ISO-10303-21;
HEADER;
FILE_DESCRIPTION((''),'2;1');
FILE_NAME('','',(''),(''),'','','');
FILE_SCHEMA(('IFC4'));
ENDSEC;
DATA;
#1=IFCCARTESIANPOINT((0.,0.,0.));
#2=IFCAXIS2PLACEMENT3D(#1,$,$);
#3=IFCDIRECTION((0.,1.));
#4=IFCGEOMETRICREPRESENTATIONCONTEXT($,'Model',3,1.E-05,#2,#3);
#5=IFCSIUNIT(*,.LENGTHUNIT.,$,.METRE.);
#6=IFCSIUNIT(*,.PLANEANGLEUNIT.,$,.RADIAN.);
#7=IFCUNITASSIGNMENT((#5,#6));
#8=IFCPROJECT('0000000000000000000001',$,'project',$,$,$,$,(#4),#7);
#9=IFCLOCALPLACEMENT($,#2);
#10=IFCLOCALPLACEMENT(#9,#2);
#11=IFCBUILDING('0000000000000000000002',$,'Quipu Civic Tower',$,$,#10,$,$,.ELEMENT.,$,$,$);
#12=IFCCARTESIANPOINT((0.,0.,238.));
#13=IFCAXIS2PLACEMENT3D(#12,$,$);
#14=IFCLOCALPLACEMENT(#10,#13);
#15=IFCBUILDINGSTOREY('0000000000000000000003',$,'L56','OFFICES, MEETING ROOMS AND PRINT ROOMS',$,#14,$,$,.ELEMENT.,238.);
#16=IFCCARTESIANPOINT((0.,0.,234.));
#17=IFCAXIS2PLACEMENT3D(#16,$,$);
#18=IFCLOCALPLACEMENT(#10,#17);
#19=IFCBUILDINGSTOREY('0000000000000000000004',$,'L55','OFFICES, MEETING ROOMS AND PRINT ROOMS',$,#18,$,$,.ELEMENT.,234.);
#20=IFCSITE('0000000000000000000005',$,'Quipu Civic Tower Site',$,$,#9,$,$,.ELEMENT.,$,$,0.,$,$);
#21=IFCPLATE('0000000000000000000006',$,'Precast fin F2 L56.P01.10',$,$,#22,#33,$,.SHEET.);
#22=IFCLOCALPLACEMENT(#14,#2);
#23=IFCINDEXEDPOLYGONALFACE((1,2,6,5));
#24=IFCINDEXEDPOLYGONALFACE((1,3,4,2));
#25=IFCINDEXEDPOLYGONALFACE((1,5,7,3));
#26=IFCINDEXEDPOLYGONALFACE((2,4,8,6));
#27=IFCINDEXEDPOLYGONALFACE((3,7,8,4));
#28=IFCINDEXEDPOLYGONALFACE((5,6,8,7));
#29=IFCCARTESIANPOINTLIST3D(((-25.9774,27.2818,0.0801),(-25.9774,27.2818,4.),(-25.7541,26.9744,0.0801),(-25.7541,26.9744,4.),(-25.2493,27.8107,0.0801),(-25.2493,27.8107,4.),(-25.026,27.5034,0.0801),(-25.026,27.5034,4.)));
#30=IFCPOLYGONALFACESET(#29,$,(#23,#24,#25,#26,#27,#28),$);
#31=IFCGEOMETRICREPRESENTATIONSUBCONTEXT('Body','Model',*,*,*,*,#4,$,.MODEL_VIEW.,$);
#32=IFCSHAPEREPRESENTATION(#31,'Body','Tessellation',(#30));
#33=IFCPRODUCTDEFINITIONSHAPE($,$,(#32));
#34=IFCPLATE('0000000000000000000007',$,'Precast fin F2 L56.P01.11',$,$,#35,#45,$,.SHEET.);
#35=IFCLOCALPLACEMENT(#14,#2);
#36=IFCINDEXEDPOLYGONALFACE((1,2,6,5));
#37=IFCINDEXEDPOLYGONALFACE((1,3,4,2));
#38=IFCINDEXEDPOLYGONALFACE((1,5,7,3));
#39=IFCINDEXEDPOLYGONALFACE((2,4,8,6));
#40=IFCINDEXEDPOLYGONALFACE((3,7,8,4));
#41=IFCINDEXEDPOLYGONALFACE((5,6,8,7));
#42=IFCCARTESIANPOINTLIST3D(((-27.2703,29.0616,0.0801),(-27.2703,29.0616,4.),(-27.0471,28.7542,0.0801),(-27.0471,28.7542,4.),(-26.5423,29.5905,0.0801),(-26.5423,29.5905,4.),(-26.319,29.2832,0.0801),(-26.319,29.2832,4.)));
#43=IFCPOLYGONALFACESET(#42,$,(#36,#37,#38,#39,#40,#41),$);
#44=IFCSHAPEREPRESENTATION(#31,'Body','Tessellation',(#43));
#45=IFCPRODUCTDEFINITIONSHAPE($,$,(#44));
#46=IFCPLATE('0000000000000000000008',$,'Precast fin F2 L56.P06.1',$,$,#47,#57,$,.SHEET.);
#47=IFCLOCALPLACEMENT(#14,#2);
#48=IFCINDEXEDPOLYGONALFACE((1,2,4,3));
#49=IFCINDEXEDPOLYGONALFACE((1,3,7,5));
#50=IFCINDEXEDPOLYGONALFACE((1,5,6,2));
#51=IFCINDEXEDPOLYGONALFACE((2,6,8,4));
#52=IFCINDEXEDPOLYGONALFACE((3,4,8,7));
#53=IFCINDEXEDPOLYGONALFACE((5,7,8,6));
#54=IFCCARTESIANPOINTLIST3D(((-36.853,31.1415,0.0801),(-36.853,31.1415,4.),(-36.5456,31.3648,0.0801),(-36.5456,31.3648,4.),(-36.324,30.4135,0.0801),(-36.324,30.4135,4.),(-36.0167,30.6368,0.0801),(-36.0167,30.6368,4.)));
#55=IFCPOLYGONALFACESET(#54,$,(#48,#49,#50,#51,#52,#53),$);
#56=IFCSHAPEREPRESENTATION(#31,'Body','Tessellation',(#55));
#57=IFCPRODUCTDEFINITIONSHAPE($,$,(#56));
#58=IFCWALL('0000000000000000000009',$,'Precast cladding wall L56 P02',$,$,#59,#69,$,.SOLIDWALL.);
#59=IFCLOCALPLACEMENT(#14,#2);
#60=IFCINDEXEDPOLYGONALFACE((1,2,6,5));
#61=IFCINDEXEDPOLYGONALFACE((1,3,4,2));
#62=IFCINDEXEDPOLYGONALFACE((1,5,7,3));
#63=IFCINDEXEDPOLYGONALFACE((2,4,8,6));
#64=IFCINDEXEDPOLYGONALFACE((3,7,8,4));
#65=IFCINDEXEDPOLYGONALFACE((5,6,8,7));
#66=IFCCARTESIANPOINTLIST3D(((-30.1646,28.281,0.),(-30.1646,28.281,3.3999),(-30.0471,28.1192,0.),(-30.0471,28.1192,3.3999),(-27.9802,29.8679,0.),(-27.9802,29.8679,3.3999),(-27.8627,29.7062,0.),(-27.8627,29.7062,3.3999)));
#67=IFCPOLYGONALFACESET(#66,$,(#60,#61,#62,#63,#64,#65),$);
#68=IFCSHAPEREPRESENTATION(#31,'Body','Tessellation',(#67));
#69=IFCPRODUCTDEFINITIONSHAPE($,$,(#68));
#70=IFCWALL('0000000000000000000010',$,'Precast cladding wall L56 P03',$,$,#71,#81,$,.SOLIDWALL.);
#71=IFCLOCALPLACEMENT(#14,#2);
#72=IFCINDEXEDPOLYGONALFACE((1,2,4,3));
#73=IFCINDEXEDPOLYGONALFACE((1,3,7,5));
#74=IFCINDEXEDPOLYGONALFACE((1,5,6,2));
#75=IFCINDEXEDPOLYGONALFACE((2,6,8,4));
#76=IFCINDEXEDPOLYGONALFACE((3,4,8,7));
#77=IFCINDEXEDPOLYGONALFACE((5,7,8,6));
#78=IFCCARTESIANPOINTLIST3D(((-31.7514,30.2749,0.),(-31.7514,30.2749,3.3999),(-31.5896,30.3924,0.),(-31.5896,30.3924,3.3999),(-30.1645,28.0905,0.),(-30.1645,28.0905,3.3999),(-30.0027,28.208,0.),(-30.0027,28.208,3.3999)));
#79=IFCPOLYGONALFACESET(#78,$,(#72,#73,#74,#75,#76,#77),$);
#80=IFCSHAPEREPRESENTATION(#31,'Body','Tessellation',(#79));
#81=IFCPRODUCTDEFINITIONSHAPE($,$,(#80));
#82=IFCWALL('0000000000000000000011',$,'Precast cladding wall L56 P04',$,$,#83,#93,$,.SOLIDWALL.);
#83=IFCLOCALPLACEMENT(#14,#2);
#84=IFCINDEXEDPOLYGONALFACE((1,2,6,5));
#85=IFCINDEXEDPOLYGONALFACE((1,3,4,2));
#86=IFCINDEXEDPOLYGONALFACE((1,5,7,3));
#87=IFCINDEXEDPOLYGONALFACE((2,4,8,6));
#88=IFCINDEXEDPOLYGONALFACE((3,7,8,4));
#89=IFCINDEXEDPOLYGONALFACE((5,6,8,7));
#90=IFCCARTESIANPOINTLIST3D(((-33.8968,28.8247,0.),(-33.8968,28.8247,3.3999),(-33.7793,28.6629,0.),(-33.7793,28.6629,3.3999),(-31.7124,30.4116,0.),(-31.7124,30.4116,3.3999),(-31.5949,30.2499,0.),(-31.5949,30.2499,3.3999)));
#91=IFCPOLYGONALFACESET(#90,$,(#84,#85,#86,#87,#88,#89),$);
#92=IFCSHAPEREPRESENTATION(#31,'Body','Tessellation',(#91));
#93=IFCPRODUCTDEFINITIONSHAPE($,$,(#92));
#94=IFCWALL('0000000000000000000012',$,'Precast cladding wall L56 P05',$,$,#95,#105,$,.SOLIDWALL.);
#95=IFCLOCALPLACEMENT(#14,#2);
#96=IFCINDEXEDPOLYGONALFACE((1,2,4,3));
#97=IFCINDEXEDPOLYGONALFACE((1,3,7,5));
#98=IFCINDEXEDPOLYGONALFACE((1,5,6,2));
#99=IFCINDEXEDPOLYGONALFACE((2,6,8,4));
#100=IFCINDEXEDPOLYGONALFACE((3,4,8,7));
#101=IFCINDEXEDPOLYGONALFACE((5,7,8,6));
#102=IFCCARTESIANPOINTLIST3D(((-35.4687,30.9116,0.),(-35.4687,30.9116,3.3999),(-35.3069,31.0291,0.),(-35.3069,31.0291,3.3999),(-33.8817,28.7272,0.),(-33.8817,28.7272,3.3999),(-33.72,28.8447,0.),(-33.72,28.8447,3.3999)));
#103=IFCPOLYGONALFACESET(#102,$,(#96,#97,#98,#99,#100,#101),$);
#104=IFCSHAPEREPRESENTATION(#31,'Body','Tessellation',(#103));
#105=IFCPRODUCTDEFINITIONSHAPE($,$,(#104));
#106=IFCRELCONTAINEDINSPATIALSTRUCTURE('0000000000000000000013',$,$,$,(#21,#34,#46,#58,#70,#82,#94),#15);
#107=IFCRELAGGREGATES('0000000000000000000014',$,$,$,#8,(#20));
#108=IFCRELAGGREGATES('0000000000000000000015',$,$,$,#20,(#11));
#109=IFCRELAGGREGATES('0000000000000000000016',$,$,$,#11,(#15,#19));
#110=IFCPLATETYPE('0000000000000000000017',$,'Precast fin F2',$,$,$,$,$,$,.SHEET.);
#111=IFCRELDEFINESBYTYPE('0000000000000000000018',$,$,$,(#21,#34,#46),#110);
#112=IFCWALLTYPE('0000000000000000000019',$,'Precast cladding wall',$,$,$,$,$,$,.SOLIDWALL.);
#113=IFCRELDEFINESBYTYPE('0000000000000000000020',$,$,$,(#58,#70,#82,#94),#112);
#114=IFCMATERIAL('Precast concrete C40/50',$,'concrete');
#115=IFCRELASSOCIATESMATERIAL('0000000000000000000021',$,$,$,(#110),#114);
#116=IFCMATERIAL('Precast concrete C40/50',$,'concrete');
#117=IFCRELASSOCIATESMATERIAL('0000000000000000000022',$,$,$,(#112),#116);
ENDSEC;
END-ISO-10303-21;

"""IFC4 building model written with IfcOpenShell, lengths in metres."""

from ifc_helpers import new_model, si_unit, direction, frame, frame_2d, origin, origin_2d, place, context, subcontext, project, spatial, rectangle, extrude, material, type_object, element, save


model = new_model("IFC4")

# Units and contexts
model_context = context("Model", 3, precision=1e-05, world=origin(), true_north=direction((0.0, 1.0)))
body_context = subcontext(model_context, "Body", "Model", "MODEL_VIEW")
ifc_project = project(units=[si_unit("LENGTHUNIT", "METRE"), si_unit("PLANEANGLEUNIT", "RADIAN")], contexts=[model_context])

# Site, building, storey
site_placement = place(None, origin())
site = spatial("IfcSite", under=ifc_project, at=site_placement, Name="Quipu Civic Tower Site", CompositionType="ELEMENT", RefElevation=0.0)
building_placement = place(site_placement, origin())
building = spatial("IfcBuilding", under=site, at=building_placement, Name="Quipu Civic Tower", CompositionType="ELEMENT")
storey_1_placement = place(building_placement, frame((0.0, 0.0, 238.0)))
storey_1 = spatial("IfcBuildingStorey", under=building, at=storey_1_placement, Name="L56", Description="OFFICES, MEETING ROOMS AND PRINT ROOMS", CompositionType="ELEMENT", Elevation=238.0)

# Shared definitions
storey_2_placement = place(building_placement, frame((0.0, 0.0, 234.0)))
storey_2 = spatial("IfcBuildingStorey", under=building, at=storey_2_placement, Name="L55", Description="OFFICES, MEETING ROOMS AND PRINT ROOMS", CompositionType="ELEMENT", Elevation=234.0)

# Plates
ifc_material_1 = material(Name="Precast concrete C40/50", Category="concrete")
plate_type_1 = type_object("IfcPlateType", Name="Precast fin F2", PredefinedType="SHEET", material=ifc_material_1)
for number, where, z_axis, x_axis, name in (
    (1, (-25.5017, 27.3926, 0.0801), (0.0, 0.0, 1.0), (-0.587787, 0.809016, 0.0), "Precast fin F2 L56.P01.10"),
    (2, (-26.7947, 29.1724, 0.0801), (0.0, 0.0, 1.0), (-0.587787, 0.809016, 0.0), "Precast fin F2 L56.P01.11"),
    (3, (-36.4348, 30.8892, 0.0801), (0.0, 0.0, 1.0), (-0.809017, -0.587785, 0.0), "Precast fin F2 L56.P06.1"),
):
    element("IfcPlate", number, at=place(storey_1_placement, frame(where, z_axis=z_axis, x_axis=x_axis)), inside=storey_1, type_object=plate_type_1, Name=name, PredefinedType="SHEET", context=body_context, shape_type="SweptSolid", body=[
        extrude(rectangle(XDim=0.3799, YDim=0.8999, at=origin_2d()), origin(), (0.0, 0.0, 1.0), 3.9199),
    ])

# Walls
ifc_material_2 = material(Name="Precast concrete C40/50", Category="concrete")
wall_type = type_object("IfcWallType", Name="Precast cladding wall", PredefinedType="SOLIDWALL", material=ifc_material_2)
for number, where, z_axis, x_axis, name in (
    (4, (-27.9214, 29.7871, 0.0), (0.0, 0.0, 1.0), (-0.809033, -0.587763, 0.0), "Precast cladding wall L56 P02"),
    (5, (-30.0835, 28.1492, 0.0), (0.0, 0.0, 1.0), (-0.587763, 0.809033, 0.0), "Precast cladding wall L56 P03"),
    (6, (-31.6536, 30.3308, 0.0), (0.0, 0.0, 1.0), (-0.809033, -0.587763, 0.0), "Precast cladding wall L56 P04"),
    (7, (-33.8008, 28.7859, 0.0), (0.0, 0.0, 1.0), (-0.587763, 0.809033, 0.0), "Precast cladding wall L56 P05"),
):
    element("IfcWall", number, at=place(storey_1_placement, frame(where, z_axis=z_axis, x_axis=x_axis)), inside=storey_1, type_object=wall_type, Name=name, PredefinedType="SOLIDWALL", context=body_context, shape_type="SweptSolid", body=[
        extrude(rectangle(XDim=2.7, YDim=0.2, at=frame_2d((1.3501, 0.0))), origin(), (0.0, 0.0, 1.0), 3.3999),
    ])

save(model, "model.ifc")
